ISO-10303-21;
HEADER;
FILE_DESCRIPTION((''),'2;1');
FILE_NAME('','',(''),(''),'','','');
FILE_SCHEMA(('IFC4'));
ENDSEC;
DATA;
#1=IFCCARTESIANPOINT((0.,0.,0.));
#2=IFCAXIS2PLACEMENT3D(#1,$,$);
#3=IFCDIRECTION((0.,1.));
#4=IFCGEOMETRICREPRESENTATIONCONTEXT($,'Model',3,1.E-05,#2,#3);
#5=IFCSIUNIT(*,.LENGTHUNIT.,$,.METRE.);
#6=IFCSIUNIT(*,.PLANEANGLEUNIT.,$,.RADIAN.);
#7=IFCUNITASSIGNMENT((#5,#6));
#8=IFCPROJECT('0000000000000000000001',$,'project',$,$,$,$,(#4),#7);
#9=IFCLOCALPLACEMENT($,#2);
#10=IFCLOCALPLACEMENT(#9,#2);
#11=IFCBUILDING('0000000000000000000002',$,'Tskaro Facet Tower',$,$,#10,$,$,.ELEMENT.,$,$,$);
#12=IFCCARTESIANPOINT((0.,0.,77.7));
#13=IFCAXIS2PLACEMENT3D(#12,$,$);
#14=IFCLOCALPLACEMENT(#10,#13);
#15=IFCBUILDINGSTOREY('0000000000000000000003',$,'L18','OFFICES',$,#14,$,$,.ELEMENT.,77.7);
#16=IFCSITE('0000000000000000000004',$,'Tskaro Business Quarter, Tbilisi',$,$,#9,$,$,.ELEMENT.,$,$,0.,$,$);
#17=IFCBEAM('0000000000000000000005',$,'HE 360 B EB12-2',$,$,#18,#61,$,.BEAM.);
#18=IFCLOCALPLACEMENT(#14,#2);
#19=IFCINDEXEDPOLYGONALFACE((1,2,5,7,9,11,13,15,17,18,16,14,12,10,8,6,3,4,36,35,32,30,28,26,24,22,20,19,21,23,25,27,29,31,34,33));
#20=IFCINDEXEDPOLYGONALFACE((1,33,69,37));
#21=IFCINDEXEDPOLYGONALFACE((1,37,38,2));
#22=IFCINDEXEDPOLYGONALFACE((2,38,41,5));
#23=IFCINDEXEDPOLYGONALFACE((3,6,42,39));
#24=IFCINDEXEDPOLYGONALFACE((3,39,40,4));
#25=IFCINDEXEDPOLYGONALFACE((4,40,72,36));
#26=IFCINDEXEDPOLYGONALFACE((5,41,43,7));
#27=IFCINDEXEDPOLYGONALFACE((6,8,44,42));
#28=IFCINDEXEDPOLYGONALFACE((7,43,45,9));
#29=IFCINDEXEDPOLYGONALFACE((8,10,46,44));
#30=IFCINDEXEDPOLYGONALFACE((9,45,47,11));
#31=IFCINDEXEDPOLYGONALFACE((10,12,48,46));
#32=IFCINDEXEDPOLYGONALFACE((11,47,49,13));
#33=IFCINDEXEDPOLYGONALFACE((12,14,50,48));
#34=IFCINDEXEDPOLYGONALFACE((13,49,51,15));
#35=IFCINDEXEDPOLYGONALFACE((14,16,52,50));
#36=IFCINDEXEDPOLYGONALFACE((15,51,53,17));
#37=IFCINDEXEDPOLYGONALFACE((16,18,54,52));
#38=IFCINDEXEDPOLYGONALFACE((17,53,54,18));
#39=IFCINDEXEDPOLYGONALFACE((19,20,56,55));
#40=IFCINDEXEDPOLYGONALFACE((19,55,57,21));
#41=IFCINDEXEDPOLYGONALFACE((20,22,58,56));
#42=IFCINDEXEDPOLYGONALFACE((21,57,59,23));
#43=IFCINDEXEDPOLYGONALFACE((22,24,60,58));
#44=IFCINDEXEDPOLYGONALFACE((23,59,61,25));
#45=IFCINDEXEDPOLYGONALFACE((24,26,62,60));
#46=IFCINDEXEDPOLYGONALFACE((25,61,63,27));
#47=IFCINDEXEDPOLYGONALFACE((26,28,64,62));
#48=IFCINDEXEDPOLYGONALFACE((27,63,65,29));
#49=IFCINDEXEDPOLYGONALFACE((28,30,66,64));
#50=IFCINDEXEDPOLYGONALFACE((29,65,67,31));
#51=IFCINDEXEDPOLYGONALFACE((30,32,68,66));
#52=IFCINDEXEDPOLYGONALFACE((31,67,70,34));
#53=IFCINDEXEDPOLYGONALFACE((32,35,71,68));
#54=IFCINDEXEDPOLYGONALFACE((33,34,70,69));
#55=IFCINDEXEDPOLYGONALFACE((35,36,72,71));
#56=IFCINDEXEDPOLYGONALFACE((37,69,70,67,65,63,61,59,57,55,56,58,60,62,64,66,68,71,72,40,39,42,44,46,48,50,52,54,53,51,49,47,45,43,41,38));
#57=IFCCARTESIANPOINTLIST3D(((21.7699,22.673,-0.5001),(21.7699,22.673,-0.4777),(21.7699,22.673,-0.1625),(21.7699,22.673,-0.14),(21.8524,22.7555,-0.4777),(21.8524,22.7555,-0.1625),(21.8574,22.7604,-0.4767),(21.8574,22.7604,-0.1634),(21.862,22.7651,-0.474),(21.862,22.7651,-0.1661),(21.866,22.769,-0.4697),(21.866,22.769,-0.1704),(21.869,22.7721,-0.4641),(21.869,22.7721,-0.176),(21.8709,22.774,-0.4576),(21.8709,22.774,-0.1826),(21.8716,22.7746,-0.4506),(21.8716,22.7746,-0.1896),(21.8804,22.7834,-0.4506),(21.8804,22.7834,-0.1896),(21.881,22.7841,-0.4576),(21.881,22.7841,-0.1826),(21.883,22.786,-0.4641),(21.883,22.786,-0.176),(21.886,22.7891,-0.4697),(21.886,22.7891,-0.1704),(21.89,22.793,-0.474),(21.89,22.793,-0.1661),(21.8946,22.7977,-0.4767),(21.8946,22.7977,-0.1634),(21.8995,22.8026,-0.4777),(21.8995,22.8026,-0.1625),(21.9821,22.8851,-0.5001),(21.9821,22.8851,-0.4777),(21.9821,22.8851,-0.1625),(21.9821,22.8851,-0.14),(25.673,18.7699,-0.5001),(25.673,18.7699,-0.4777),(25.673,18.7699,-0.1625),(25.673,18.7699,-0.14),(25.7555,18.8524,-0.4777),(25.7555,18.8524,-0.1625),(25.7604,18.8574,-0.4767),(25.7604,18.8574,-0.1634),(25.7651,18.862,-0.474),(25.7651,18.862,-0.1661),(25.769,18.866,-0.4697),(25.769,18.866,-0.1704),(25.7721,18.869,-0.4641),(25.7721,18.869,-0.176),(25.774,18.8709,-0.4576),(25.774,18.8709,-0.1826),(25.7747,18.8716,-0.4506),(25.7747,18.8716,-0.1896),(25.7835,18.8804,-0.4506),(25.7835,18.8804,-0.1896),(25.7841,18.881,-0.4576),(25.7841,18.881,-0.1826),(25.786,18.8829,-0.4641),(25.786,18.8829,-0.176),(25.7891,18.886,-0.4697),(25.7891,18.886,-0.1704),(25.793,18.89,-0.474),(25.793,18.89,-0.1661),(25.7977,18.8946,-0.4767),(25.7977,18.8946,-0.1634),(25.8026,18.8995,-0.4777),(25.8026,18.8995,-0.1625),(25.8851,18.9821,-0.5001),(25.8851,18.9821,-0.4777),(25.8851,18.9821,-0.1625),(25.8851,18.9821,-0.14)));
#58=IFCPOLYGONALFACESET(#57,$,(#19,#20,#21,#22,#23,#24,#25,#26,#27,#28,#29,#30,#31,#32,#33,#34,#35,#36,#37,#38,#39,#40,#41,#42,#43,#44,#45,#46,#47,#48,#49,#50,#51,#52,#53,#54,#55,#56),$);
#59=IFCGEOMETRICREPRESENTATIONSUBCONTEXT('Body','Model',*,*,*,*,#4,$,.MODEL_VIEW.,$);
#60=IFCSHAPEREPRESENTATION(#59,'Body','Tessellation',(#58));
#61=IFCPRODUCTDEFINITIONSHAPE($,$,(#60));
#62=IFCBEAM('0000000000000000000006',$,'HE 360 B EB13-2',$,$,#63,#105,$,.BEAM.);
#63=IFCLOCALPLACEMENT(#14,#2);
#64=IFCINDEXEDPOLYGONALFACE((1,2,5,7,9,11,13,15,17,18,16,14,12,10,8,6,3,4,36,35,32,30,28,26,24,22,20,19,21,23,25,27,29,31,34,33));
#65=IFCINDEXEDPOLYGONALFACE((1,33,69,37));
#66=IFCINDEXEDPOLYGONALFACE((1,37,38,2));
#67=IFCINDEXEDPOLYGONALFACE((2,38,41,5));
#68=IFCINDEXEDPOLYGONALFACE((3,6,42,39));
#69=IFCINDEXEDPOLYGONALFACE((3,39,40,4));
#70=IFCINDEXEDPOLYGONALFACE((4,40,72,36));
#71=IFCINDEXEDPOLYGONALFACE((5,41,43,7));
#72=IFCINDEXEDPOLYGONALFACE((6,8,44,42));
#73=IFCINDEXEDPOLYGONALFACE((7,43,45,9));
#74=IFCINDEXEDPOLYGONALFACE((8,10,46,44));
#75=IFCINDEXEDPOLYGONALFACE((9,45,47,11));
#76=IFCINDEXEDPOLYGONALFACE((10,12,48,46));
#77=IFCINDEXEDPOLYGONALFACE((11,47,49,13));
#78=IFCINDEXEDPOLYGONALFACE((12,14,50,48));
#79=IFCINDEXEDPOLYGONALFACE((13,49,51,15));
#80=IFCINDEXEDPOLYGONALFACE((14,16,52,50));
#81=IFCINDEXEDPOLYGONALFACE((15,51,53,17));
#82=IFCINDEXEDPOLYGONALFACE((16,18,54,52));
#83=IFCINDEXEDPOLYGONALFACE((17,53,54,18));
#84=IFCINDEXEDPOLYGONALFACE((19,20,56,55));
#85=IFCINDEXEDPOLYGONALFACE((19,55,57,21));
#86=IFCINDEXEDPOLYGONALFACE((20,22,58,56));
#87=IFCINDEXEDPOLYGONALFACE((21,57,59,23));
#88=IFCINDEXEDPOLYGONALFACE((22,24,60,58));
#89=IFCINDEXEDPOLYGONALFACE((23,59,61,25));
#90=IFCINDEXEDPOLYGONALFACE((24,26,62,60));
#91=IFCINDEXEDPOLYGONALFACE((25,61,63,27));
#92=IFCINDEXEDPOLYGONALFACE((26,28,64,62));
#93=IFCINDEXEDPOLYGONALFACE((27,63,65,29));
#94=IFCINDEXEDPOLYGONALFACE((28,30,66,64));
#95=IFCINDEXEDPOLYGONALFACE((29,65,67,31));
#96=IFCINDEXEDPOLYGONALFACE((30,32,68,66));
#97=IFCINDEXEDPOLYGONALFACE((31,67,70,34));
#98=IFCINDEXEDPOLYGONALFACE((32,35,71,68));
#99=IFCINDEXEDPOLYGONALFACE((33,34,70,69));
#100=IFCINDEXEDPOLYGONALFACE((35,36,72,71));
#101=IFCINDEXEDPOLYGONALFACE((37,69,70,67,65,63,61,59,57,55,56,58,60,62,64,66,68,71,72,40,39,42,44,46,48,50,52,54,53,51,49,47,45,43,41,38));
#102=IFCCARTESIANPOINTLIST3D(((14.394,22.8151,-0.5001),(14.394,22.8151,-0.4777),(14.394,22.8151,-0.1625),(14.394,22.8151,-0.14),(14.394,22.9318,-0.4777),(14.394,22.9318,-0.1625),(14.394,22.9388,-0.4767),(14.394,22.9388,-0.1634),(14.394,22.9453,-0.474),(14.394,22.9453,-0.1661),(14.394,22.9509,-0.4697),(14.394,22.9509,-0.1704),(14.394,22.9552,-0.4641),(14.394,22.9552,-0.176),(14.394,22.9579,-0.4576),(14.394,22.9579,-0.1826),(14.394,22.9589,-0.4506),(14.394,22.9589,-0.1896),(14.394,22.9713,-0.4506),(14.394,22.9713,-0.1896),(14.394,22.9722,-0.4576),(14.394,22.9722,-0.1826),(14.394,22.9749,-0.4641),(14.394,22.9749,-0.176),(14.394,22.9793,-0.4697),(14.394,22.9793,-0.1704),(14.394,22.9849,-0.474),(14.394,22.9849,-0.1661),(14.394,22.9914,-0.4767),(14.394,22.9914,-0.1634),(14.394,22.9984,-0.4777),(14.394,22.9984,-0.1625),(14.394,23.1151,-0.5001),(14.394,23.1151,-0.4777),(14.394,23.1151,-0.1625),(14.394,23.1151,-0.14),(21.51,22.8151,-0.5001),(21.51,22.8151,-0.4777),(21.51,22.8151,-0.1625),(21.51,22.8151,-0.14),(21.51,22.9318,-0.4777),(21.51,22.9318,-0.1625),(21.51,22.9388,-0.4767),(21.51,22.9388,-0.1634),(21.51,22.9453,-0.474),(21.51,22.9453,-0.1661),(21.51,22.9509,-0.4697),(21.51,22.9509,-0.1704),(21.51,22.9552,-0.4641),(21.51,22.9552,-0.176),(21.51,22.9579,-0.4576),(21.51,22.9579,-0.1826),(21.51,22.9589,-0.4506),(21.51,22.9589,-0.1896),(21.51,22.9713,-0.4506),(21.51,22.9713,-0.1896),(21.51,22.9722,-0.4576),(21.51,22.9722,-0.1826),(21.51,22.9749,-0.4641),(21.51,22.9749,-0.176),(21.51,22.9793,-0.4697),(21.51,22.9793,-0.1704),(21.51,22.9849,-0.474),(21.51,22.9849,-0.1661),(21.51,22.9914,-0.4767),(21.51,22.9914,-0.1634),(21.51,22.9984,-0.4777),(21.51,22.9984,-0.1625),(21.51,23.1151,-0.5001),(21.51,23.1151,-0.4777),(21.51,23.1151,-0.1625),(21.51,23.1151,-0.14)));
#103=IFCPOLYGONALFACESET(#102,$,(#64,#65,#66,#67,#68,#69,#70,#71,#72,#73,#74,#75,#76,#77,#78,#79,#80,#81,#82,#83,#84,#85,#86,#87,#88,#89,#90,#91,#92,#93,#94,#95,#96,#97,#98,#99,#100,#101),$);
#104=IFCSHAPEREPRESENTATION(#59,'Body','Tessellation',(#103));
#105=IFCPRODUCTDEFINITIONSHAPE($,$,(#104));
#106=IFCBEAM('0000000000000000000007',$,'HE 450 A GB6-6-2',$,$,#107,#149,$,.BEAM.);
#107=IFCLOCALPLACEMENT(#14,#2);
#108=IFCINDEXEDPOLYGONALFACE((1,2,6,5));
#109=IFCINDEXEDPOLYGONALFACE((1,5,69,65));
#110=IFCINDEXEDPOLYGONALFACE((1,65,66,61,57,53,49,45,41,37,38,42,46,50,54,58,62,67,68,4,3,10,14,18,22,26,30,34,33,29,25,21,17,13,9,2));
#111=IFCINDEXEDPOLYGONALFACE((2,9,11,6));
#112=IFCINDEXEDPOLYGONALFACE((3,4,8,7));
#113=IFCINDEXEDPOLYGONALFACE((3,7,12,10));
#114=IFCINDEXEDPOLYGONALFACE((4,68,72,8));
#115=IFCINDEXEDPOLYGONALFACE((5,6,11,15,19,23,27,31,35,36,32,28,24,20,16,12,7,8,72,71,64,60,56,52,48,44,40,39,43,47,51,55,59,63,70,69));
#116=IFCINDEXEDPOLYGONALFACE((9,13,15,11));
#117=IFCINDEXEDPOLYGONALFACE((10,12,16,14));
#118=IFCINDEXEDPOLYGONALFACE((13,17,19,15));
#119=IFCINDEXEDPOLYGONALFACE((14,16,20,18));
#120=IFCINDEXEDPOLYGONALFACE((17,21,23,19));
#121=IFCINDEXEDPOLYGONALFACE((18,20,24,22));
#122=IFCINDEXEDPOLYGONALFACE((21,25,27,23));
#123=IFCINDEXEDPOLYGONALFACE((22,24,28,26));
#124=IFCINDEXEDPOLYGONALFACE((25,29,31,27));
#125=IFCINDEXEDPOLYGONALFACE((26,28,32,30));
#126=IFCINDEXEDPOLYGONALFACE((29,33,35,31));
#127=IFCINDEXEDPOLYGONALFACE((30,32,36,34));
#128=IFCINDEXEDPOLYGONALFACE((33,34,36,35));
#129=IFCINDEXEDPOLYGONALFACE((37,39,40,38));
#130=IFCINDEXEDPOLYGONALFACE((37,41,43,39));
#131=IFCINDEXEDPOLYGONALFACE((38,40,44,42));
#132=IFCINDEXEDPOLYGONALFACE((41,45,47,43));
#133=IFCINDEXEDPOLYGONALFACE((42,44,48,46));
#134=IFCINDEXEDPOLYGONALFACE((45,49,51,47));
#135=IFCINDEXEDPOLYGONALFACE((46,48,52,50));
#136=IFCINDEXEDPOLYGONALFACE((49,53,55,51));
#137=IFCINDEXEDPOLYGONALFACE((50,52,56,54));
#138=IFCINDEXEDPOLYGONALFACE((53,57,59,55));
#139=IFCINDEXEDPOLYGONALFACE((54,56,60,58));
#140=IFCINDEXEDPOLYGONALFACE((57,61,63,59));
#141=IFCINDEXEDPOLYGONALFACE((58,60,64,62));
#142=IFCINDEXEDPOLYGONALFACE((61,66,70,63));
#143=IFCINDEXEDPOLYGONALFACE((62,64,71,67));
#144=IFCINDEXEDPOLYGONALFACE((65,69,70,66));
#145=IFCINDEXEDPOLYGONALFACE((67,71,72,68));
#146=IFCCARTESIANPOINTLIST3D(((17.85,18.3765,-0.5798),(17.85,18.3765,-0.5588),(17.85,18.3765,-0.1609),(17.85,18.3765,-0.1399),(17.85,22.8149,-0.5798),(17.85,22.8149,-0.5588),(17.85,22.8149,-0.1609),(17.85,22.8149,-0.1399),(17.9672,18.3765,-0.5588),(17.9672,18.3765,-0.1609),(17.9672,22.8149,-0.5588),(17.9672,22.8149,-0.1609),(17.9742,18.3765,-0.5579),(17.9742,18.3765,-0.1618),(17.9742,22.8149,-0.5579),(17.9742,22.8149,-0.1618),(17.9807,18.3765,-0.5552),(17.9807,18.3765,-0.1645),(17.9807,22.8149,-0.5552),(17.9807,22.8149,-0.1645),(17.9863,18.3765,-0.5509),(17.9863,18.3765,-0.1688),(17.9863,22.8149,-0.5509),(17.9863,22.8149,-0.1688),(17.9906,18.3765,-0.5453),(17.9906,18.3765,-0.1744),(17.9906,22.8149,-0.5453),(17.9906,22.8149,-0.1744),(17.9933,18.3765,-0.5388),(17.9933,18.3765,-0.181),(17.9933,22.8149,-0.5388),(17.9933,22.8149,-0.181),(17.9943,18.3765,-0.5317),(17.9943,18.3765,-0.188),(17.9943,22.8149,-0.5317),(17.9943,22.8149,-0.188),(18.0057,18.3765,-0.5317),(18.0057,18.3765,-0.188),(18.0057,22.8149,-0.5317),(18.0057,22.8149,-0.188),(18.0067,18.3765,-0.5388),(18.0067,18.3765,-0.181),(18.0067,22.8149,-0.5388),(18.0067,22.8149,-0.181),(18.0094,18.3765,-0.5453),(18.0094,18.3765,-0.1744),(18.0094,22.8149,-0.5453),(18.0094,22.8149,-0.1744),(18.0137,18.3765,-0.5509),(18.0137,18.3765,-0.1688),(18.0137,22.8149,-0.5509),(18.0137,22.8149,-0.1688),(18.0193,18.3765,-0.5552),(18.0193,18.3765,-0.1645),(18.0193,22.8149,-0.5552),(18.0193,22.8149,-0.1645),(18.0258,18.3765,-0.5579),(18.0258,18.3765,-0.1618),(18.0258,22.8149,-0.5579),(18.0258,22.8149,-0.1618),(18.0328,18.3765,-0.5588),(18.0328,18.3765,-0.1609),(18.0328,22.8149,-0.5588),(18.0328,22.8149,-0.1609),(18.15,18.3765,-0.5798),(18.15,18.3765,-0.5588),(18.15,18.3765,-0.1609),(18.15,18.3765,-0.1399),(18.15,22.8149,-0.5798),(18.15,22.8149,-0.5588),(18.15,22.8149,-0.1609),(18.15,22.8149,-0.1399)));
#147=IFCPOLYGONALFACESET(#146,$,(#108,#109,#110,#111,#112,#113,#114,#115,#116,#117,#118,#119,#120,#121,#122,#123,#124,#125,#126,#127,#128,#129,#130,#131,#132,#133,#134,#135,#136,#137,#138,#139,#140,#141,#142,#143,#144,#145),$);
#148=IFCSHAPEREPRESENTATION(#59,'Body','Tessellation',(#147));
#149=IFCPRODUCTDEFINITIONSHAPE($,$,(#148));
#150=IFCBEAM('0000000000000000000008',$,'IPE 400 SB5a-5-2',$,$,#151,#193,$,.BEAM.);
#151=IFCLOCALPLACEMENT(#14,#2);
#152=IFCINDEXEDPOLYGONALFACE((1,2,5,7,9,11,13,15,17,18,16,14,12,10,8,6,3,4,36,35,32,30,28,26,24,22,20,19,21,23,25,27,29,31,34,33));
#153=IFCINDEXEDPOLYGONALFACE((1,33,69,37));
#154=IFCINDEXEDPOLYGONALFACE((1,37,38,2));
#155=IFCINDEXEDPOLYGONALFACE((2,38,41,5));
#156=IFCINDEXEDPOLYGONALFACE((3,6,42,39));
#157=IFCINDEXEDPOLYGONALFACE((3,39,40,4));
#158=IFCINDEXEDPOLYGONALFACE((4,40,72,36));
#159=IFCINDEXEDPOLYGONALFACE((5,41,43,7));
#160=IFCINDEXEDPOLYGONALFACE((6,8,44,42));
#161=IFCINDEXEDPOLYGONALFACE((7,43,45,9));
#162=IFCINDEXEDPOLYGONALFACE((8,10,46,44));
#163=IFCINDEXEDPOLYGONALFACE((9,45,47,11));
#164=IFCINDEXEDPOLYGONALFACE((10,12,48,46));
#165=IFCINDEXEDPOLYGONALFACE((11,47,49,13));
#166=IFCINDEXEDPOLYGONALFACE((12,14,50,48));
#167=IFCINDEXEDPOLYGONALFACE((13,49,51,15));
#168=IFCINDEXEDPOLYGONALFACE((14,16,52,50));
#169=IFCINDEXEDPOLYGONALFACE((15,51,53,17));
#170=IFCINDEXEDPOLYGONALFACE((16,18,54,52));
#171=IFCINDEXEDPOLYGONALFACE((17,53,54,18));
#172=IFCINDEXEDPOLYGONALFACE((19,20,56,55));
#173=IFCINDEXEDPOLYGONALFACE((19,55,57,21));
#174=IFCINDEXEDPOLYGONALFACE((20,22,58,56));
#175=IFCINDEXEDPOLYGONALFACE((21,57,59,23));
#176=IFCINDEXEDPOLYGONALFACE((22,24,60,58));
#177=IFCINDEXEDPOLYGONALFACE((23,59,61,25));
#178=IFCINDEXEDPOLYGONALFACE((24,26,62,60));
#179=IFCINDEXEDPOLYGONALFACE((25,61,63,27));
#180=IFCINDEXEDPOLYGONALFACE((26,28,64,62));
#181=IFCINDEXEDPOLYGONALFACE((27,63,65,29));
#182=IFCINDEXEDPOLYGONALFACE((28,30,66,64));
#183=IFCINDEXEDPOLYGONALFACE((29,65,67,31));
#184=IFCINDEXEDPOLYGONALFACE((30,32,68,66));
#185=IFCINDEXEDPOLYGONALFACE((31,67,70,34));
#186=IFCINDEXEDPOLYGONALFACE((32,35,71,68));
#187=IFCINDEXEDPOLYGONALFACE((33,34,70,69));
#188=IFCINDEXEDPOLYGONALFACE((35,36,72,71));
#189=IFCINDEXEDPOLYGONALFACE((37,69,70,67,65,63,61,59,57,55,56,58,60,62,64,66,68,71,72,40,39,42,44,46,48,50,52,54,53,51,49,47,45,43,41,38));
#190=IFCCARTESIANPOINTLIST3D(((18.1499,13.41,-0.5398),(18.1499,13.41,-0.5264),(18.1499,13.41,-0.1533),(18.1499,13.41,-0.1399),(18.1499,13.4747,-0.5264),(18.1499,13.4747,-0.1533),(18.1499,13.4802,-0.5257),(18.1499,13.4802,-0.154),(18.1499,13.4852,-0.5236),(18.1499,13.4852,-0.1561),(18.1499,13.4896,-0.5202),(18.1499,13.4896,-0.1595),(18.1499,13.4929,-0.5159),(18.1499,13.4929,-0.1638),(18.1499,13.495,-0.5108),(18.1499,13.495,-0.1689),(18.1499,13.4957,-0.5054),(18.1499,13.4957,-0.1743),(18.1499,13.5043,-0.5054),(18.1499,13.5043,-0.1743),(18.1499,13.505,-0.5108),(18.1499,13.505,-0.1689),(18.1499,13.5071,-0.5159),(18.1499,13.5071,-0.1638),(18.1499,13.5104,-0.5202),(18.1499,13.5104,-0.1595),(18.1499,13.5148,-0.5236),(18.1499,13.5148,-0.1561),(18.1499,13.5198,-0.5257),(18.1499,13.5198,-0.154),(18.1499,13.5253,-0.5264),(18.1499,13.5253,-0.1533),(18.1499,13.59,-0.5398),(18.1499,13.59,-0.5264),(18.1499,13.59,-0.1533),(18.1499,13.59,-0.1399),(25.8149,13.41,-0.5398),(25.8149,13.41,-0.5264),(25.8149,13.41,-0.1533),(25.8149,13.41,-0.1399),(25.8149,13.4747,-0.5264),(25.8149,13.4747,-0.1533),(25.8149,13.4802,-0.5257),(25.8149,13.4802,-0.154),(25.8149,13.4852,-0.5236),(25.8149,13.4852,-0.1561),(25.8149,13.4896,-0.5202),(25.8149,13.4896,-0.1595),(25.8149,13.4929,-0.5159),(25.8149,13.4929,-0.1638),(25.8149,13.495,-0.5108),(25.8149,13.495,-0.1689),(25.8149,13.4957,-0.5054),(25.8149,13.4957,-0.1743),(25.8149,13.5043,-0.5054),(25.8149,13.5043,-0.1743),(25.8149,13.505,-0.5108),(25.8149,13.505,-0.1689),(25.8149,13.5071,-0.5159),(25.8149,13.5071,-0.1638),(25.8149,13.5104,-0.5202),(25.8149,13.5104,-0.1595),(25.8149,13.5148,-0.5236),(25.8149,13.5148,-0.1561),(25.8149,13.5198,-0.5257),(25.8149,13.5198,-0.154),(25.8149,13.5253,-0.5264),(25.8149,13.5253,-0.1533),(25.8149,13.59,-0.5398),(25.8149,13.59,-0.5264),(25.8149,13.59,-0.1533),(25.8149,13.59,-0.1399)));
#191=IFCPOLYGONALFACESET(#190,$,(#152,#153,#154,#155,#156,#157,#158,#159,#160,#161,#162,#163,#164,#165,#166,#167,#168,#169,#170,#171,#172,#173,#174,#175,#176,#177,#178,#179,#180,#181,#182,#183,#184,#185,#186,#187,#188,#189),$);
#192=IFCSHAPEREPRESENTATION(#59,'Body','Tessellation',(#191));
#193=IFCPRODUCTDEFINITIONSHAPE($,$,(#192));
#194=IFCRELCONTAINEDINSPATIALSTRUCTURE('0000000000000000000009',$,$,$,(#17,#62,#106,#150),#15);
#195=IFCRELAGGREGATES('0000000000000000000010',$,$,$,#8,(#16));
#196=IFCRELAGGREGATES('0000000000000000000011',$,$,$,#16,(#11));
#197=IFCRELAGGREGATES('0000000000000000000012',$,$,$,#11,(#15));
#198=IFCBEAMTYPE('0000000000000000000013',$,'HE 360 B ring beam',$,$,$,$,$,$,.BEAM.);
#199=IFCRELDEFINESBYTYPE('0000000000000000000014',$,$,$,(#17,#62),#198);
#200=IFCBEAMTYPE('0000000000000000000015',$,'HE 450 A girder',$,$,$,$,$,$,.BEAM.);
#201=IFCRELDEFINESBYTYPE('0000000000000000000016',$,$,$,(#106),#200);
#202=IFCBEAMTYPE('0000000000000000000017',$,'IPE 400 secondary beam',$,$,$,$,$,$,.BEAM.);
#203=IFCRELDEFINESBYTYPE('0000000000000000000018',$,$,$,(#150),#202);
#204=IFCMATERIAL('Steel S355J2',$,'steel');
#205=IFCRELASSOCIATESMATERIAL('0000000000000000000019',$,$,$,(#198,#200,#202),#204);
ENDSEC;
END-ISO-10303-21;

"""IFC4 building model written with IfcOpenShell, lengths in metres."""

from ifc_helpers import new_model, si_unit, direction, frame, origin, origin_2d, place, context, subcontext, project, spatial, i_section, extrude, material, material_profile, profile_set, type_object, element, save


model = new_model("IFC4")

# Units and contexts
model_context = context("Model", 3, precision=1e-05, world=origin(), true_north=direction((0.0, 1.0)))
body_context = subcontext(model_context, "Body", "Model", "MODEL_VIEW")
ifc_project = project(units=[si_unit("LENGTHUNIT", "METRE"), si_unit("PLANEANGLEUNIT", "RADIAN")], contexts=[model_context])

# Site, building, storey
site_placement = place(None, origin())
site = spatial("IfcSite", under=ifc_project, at=site_placement, Name="Tskaro Business Quarter, Tbilisi", CompositionType="ELEMENT", RefElevation=0.0)
building_placement = place(site_placement, origin())
building = spatial("IfcBuilding", under=site, at=building_placement, Name="Tskaro Facet Tower", CompositionType="ELEMENT")
storey_placement = place(building_placement, frame((0.0, 0.0, 77.7)))
storey = spatial("IfcBuildingStorey", under=building, at=storey_placement, Name="L18", Description="OFFICES", CompositionType="ELEMENT", Elevation=77.7)

# Beams
ifc_material_1 = material(Name="Steel S355J2", Category="steel")
ifc_material_profile_1 = material_profile(ifc_material_1, i_section(OverallWidth=0.3, OverallDepth=0.3601, WebThickness=0.0125, FlangeThickness=0.0225, FilletRadius=0.0271, at=origin_2d()), Name="HE 360 B")
ifc_profile_set_1 = profile_set([ifc_material_profile_1], Name="Steel S355J2")
beam_type_1 = type_object("IfcBeamType", Name="HE 360 B ring beam", PredefinedType="BEAM", material=ifc_profile_set_1)
beam_1_placement = place(storey_placement, frame((25.7791, 18.876, -0.3201), z_axis=(-0.707107, 0.707107, 0.0), x_axis=(-0.707107, -0.707107, 0.0)))
element("IfcBeam", 1, at=beam_1_placement, inside=storey, type_object=beam_type_1, Name="HE 360 B EB12-2", PredefinedType="BEAM", context=body_context, shape_type="SweptSolid", body=[
    extrude(i_section(OverallWidth=0.3, OverallDepth=0.3601, WebThickness=0.0125, FlangeThickness=0.0225, FilletRadius=0.0271, at=origin_2d()), origin(), (0.0, 0.0, 1.0), 5.5198),
])
beam_2_placement = place(storey_placement, frame((21.51, 22.9651, -0.3201), z_axis=(-1.0, 0.0, 0.0), x_axis=(0.0, -1.0, 0.0)))
element("IfcBeam", 2, at=beam_2_placement, inside=storey, type_object=beam_type_1, Name="HE 360 B EB13-2", PredefinedType="BEAM", context=body_context, shape_type="SweptSolid", body=[
    extrude(i_section(OverallWidth=0.3, OverallDepth=0.3601, WebThickness=0.0125, FlangeThickness=0.0225, FilletRadius=0.0271, at=origin_2d()), origin(), (0.0, 0.0, 1.0), 7.116),
])
ifc_material_profile_2 = material_profile(ifc_material_1, i_section(OverallWidth=0.3, OverallDepth=0.4399, WebThickness=0.0115, FlangeThickness=0.021, FilletRadius=0.0271, at=origin_2d()), Name="HE 450 A")
ifc_profile_set_2 = profile_set([ifc_material_profile_2], Name="Steel S355J2")
beam_type_2 = type_object("IfcBeamType", Name="HE 450 A girder", PredefinedType="BEAM", material=ifc_profile_set_2)
beam_3_placement = place(storey_placement, frame((18.0, 18.3765, -0.3599), z_axis=(0.0, 1.0, 0.0), x_axis=(-1.0, 0.0, 0.0)))
element("IfcBeam", 3, at=beam_3_placement, inside=storey, type_object=beam_type_2, Name="HE 450 A GB6-6-2", PredefinedType="BEAM", context=body_context, shape_type="SweptSolid", body=[
    extrude(i_section(OverallWidth=0.3, OverallDepth=0.4399, WebThickness=0.0115, FlangeThickness=0.021, FilletRadius=0.0271, at=origin_2d()), origin(), (0.0, 0.0, 1.0), 4.4385),
])
ifc_material_profile_3 = material_profile(ifc_material_1, i_section(OverallWidth=0.1799, OverallDepth=0.3999, WebThickness=0.0085, FlangeThickness=0.0134, FilletRadius=0.021, at=origin_2d()), Name="IPE 400")
ifc_profile_set_3 = profile_set([ifc_material_profile_3], Name="Steel S355J2")
beam_type_3 = type_object("IfcBeamType", Name="IPE 400 secondary beam", PredefinedType="BEAM", material=ifc_profile_set_3)
beam_4_placement = place(storey_placement, frame((18.1499, 13.5, -0.3398), z_axis=(1.0, 0.0, 0.0), x_axis=(0.0, 1.0, 0.0)))
element("IfcBeam", 4, at=beam_4_placement, inside=storey, type_object=beam_type_3, Name="IPE 400 SB5a-5-2", PredefinedType="BEAM", context=body_context, shape_type="SweptSolid", body=[
    extrude(i_section(OverallWidth=0.1799, OverallDepth=0.3999, WebThickness=0.0085, FlangeThickness=0.0134, FilletRadius=0.021, at=origin_2d()), origin(), (0.0, 0.0, 1.0), 7.665),
])

save(model, "model.ifc")
